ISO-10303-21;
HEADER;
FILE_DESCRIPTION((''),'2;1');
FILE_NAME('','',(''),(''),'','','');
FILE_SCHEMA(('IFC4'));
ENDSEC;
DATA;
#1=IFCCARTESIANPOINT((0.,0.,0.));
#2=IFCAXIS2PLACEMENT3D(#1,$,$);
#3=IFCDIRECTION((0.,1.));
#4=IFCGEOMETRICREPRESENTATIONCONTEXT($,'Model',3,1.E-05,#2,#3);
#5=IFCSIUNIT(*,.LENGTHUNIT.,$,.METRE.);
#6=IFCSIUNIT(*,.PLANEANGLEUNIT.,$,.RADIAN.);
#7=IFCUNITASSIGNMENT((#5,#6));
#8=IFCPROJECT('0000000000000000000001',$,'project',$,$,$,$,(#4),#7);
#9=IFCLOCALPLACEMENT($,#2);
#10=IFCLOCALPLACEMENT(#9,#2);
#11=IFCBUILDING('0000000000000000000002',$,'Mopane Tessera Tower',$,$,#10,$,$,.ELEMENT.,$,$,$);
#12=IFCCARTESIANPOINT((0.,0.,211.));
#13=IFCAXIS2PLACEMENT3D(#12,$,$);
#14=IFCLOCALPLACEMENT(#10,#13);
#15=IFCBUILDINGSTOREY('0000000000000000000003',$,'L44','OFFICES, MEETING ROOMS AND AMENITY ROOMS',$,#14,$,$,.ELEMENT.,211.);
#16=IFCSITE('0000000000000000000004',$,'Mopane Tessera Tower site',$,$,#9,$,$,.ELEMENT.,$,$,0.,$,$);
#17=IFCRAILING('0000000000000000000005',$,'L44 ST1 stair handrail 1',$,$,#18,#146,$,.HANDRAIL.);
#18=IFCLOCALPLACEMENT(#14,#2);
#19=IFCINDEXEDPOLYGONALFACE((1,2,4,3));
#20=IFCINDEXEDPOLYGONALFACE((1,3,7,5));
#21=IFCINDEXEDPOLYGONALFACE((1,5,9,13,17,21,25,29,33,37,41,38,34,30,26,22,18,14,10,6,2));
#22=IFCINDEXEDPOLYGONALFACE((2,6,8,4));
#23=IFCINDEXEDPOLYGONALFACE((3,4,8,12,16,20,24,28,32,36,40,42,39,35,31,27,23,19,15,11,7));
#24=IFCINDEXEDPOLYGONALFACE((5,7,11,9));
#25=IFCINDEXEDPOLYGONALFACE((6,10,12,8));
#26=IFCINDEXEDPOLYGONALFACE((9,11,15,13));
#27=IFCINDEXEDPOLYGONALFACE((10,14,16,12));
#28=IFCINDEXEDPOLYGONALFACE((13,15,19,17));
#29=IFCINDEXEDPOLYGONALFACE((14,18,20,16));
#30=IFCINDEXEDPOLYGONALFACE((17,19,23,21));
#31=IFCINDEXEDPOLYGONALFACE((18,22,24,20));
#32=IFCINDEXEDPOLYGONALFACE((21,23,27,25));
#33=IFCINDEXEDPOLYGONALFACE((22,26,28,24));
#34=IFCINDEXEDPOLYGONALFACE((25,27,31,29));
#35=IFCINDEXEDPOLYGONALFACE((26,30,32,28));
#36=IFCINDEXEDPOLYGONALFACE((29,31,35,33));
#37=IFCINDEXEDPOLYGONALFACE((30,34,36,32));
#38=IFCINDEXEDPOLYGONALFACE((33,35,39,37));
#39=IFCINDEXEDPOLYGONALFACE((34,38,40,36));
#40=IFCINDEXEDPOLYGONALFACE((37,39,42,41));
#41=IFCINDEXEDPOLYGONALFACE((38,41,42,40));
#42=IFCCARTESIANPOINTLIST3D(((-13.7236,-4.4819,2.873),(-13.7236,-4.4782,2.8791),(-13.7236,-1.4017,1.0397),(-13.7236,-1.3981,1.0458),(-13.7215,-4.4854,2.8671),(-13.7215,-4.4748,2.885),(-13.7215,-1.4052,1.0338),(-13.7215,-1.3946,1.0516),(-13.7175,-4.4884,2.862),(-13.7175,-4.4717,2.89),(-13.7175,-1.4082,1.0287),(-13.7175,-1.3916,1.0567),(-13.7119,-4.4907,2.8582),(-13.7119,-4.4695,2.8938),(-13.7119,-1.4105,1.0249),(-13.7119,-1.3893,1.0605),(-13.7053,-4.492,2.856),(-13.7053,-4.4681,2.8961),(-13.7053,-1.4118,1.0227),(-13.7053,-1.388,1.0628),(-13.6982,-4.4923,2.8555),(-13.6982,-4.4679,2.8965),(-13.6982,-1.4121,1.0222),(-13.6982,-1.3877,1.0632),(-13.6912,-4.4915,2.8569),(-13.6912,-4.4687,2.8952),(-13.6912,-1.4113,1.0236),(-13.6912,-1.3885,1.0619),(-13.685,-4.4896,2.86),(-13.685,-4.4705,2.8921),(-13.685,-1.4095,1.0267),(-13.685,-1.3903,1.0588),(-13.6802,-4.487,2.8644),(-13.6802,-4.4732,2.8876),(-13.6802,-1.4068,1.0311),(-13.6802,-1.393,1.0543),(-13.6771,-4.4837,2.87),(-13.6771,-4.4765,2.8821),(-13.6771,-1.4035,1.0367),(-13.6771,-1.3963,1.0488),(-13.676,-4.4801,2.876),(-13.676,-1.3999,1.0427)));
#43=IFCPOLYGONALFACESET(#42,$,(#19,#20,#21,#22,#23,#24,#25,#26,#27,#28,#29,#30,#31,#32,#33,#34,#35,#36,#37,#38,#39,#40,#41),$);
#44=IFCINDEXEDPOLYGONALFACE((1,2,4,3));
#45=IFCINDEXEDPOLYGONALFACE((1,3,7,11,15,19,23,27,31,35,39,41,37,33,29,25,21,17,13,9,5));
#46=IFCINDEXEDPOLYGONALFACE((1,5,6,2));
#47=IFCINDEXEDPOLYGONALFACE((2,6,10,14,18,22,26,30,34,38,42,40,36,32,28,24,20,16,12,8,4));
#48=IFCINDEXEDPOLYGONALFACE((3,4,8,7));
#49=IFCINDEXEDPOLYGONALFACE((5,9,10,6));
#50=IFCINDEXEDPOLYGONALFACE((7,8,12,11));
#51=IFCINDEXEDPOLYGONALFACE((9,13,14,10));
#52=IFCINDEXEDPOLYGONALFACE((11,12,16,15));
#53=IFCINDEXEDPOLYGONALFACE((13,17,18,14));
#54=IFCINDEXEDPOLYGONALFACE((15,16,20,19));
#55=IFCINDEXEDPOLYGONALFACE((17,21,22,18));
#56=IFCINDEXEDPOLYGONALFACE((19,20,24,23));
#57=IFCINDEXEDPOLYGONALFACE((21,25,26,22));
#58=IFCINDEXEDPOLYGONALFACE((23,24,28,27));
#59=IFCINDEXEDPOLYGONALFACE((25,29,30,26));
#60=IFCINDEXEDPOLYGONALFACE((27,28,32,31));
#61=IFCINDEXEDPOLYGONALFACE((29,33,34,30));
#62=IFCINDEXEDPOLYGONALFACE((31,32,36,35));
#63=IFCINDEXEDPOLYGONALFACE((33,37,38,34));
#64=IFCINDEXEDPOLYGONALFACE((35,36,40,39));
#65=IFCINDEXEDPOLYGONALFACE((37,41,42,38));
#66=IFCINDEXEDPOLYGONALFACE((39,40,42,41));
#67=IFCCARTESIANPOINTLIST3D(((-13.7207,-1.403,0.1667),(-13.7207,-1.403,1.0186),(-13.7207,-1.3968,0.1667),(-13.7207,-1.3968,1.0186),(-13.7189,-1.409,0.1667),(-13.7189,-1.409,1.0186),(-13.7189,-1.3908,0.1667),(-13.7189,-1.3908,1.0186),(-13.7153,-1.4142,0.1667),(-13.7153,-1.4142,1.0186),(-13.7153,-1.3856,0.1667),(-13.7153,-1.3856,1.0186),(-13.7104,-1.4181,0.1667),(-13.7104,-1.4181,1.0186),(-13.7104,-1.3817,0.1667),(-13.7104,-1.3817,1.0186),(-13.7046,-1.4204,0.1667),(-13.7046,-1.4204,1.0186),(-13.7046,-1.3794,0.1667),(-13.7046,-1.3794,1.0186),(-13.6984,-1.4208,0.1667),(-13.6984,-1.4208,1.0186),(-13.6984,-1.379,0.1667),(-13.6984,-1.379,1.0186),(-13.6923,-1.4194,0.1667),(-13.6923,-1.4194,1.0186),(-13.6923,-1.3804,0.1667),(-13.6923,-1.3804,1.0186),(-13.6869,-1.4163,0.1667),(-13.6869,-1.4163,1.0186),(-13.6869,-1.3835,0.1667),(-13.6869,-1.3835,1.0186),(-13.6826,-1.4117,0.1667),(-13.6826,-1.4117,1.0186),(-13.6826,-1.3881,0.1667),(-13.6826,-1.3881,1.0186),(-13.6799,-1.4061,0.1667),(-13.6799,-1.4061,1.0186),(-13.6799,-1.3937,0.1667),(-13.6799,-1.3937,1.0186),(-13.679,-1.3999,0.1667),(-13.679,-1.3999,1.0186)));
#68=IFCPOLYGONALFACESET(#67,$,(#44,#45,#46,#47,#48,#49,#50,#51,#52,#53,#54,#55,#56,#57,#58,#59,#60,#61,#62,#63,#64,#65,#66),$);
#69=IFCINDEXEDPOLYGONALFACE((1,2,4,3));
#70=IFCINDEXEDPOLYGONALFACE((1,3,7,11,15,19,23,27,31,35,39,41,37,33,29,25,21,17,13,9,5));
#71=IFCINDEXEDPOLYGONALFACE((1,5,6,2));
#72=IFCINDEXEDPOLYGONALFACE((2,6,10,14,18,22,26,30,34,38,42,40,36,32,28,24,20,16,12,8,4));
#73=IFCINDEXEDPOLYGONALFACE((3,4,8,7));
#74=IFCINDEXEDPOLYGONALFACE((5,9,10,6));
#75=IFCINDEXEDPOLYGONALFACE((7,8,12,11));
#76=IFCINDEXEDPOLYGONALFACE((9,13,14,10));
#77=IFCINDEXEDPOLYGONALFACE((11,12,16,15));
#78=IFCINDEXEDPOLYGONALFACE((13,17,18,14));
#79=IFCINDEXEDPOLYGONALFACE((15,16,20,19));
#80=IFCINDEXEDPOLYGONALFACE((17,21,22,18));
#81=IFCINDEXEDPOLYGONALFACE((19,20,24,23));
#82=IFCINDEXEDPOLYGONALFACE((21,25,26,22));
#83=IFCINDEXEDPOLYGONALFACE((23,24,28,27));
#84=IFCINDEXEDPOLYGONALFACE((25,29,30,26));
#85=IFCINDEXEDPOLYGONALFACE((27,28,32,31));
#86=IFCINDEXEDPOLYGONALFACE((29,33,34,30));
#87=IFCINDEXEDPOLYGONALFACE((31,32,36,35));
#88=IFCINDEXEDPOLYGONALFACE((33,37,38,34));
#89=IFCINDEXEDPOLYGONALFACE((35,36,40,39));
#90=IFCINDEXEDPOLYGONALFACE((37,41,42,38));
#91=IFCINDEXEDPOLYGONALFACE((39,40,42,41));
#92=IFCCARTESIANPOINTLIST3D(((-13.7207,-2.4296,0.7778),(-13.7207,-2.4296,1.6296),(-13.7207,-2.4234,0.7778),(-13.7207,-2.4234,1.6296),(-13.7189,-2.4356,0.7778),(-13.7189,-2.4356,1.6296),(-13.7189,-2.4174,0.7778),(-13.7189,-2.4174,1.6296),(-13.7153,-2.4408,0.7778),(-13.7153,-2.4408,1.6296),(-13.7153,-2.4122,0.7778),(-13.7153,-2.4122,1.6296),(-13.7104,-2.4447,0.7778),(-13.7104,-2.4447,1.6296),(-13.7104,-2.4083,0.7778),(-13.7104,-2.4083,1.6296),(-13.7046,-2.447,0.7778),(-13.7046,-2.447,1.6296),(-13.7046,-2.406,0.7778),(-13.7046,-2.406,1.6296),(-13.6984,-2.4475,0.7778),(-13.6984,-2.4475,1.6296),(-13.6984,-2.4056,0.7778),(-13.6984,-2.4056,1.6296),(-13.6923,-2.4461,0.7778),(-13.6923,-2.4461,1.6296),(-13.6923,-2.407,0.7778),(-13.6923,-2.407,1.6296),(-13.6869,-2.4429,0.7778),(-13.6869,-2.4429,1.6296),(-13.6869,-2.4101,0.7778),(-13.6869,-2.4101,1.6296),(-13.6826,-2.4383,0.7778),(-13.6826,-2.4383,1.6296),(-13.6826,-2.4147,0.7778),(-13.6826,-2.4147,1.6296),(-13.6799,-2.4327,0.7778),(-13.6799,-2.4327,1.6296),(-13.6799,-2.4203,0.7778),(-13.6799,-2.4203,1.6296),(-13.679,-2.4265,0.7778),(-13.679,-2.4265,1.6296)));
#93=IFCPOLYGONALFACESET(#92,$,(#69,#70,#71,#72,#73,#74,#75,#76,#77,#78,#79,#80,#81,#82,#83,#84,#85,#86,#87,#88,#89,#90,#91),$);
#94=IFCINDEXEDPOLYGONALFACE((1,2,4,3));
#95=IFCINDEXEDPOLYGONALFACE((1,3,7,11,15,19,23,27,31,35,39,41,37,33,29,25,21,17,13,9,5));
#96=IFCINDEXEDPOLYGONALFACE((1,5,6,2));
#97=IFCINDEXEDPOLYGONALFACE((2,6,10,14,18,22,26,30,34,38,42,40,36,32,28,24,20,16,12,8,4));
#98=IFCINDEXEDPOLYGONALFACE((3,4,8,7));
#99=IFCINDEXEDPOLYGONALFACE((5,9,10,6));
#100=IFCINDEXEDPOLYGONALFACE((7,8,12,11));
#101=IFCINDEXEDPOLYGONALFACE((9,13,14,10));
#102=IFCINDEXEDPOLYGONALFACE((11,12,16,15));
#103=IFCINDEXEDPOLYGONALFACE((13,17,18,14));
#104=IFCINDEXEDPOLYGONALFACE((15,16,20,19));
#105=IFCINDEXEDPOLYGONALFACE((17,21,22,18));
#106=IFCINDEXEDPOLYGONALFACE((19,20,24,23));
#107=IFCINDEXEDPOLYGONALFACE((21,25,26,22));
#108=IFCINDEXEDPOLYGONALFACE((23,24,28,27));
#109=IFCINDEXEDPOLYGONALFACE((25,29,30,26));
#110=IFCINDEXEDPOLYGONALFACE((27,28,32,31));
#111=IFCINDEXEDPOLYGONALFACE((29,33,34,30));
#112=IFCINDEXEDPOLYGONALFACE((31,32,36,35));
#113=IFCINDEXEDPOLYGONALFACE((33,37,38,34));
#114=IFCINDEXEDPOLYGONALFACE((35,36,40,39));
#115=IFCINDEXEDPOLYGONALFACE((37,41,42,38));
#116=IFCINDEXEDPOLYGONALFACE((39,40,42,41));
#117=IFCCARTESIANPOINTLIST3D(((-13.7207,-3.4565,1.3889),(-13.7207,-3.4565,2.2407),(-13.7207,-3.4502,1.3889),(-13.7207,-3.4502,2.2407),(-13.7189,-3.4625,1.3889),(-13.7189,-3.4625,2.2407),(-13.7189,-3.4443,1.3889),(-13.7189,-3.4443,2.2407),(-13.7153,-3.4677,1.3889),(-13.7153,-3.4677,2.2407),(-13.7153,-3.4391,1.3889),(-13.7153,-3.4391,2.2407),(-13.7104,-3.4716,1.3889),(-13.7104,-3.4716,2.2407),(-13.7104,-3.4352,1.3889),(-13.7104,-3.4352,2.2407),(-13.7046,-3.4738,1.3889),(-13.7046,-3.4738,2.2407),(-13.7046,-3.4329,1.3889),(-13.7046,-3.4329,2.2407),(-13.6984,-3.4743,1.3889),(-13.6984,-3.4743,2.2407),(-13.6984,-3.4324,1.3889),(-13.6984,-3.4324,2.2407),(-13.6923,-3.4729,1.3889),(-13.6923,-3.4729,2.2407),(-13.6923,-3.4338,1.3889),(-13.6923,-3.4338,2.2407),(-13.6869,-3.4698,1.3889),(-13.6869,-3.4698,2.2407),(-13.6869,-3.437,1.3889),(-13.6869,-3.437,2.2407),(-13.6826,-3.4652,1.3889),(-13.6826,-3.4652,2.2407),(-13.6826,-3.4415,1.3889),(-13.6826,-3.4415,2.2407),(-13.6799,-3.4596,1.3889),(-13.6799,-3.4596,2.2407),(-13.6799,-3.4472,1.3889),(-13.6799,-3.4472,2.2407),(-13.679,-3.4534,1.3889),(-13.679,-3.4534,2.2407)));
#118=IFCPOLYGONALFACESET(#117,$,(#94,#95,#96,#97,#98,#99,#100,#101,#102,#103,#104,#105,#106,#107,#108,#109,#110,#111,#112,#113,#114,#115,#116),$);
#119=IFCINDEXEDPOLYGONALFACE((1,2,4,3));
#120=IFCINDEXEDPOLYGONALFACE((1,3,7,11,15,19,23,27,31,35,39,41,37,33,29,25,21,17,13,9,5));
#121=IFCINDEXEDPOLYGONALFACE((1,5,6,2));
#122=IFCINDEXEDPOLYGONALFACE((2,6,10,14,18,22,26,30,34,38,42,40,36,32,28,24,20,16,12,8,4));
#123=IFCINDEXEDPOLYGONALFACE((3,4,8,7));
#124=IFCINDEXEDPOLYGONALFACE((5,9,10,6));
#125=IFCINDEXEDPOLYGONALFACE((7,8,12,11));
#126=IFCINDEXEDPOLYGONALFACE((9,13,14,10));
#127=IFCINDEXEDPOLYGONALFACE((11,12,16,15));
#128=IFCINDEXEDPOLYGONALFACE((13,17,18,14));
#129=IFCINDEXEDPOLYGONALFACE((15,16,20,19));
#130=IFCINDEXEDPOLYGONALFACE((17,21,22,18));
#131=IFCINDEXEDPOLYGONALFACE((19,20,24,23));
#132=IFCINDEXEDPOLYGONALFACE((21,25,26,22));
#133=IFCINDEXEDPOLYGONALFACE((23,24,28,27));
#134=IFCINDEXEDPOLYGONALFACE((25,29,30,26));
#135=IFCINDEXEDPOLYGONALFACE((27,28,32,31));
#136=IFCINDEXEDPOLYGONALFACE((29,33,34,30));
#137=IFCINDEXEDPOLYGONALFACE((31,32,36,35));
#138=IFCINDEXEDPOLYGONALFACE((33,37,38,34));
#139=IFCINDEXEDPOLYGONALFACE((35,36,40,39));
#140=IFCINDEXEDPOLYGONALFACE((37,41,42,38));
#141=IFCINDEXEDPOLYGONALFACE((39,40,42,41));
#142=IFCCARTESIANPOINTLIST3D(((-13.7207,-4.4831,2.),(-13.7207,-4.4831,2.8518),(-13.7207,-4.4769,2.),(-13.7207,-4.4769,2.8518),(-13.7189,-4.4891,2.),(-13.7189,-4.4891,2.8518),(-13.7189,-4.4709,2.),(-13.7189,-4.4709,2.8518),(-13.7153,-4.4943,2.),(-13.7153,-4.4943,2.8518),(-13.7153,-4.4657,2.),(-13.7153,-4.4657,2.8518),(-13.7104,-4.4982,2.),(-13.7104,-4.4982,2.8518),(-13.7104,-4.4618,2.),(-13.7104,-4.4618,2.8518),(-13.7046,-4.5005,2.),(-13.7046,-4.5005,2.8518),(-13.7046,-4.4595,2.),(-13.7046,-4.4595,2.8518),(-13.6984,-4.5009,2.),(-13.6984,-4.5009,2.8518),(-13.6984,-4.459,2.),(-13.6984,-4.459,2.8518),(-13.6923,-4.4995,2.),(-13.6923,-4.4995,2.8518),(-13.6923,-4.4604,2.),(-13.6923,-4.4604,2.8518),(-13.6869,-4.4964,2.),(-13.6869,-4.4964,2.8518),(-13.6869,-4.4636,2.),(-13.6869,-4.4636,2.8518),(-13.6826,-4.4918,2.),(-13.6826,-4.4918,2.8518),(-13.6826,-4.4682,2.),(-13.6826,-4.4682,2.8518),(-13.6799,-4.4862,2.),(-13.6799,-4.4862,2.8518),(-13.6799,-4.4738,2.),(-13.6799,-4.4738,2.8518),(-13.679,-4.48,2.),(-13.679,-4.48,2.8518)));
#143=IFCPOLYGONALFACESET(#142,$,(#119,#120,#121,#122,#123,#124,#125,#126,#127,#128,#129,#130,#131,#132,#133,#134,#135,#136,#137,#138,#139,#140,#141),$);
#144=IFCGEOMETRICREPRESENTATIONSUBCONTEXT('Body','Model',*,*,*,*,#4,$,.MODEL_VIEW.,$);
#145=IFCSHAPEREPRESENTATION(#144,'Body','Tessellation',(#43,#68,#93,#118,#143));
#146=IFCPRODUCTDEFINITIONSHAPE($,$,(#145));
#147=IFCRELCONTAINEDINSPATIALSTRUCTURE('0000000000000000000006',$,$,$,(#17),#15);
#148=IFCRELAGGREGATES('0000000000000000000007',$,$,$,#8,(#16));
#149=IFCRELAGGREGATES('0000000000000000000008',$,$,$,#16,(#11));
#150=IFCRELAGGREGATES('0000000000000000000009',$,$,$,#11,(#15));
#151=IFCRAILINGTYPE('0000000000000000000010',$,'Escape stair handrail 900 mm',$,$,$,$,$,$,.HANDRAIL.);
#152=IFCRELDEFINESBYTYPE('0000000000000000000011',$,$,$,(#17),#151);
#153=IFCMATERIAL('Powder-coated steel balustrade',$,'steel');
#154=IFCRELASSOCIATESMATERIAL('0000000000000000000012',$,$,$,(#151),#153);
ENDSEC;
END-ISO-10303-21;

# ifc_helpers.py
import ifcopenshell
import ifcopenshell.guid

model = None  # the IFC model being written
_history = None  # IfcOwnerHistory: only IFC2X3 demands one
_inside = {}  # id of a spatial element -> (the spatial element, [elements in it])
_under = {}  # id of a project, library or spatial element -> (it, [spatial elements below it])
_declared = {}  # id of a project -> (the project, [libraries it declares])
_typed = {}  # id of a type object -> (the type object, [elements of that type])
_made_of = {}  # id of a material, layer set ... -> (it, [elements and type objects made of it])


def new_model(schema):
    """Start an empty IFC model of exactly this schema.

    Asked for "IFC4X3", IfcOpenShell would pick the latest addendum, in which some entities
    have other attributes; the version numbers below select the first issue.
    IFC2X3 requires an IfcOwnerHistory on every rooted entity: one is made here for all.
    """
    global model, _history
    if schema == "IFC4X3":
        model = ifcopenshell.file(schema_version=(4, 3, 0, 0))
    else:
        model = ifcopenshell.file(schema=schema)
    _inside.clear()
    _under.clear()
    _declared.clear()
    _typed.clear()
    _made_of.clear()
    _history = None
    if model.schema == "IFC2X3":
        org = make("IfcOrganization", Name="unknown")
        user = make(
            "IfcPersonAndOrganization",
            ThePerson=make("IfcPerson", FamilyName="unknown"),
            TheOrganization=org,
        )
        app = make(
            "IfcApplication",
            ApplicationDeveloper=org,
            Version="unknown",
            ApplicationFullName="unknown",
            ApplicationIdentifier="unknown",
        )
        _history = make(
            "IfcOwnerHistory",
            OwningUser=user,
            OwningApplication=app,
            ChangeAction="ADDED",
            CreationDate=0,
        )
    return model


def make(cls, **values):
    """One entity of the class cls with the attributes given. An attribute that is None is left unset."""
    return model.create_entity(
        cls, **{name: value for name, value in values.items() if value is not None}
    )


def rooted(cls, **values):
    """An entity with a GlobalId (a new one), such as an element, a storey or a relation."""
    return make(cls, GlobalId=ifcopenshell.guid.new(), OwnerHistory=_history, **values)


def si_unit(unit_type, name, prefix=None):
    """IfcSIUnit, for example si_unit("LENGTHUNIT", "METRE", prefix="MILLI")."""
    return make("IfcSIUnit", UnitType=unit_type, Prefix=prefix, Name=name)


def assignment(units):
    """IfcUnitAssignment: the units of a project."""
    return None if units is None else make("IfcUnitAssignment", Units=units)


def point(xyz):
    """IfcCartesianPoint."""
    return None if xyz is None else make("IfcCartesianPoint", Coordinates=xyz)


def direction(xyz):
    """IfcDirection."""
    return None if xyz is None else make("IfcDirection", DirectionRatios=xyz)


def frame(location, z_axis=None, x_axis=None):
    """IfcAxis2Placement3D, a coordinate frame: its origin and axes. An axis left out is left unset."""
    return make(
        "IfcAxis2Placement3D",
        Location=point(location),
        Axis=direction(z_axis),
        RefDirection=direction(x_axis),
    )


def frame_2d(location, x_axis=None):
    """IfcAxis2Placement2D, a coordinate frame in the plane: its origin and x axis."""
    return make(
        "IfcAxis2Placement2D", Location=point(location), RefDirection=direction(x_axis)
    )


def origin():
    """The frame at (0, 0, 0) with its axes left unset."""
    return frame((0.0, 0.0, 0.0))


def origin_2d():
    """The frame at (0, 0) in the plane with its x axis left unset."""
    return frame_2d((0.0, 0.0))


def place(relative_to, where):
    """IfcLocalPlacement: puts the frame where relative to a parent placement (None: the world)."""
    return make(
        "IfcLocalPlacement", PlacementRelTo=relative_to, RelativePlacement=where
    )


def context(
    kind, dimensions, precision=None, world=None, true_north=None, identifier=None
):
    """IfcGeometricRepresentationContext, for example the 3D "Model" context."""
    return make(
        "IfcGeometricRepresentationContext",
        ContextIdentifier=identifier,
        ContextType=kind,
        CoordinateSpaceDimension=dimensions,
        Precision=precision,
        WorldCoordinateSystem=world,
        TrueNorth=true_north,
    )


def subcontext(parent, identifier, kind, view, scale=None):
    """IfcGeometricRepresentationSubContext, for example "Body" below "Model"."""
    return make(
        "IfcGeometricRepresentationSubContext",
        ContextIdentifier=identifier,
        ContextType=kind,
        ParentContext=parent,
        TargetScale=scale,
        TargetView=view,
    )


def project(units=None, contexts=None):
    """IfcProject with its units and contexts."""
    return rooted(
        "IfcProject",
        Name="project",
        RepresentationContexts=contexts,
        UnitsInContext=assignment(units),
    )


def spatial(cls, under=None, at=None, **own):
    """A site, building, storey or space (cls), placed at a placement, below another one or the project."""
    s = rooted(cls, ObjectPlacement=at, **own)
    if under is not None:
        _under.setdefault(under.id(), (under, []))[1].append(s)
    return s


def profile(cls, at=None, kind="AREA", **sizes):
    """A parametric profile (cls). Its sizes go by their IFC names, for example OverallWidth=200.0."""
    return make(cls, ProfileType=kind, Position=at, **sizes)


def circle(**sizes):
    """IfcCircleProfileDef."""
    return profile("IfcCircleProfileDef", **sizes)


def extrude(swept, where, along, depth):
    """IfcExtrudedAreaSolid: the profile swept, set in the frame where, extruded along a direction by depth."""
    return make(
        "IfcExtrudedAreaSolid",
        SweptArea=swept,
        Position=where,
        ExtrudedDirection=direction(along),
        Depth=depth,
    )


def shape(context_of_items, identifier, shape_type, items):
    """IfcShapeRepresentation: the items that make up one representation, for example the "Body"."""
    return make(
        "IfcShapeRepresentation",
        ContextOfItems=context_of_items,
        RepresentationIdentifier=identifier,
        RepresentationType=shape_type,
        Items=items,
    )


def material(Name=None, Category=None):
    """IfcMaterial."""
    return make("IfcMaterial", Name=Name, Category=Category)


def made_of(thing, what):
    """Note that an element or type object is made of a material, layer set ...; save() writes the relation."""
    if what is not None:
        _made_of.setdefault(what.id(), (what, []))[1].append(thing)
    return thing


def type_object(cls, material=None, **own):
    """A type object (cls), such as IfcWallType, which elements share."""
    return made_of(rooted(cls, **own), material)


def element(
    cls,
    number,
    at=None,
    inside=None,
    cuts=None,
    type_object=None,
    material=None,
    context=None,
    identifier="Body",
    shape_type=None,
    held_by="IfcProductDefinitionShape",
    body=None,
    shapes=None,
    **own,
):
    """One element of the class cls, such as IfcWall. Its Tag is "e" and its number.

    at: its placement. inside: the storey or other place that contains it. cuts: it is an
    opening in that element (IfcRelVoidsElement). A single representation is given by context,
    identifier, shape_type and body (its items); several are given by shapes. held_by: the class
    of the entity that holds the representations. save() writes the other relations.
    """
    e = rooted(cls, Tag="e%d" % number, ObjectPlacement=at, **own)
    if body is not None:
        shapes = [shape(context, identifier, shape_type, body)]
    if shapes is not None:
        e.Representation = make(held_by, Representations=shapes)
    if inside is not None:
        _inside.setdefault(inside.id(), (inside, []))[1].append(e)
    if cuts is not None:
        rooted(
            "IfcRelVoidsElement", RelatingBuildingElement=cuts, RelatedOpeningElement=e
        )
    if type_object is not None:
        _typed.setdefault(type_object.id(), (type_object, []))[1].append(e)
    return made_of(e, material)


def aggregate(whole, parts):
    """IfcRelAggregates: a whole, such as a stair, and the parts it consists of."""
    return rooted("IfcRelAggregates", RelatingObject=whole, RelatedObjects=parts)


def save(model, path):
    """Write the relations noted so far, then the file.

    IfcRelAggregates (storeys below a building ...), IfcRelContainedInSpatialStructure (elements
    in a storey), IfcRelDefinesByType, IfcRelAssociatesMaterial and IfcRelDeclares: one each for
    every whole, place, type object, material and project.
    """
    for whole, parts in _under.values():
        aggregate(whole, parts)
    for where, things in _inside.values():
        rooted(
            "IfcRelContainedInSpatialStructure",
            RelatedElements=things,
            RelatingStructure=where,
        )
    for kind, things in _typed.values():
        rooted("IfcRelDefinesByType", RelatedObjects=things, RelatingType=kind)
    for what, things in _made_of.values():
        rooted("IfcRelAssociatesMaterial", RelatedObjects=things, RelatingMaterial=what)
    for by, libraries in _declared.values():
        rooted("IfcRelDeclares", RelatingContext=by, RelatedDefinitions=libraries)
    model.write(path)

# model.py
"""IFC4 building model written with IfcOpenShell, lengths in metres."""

from ifc_helpers import new_model, si_unit, direction, frame, origin, origin_2d, place, context, subcontext, project, spatial, circle, extrude, material, type_object, element, save


model = new_model("IFC4")

# Units and contexts
model_context = context("Model", 3, precision=1e-05, world=origin(), true_north=direction((0.0, 1.0)))
body_context = subcontext(model_context, "Body", "Model", "MODEL_VIEW")
ifc_project = project(units=[si_unit("LENGTHUNIT", "METRE"), si_unit("PLANEANGLEUNIT", "RADIAN")], contexts=[model_context])

# Site, building, storey
site_placement = place(None, origin())
site = spatial("IfcSite", under=ifc_project, at=site_placement, Name="Mopane Tessera Tower site", CompositionType="ELEMENT", RefElevation=0.0)
building_placement = place(site_placement, origin())
building = spatial("IfcBuilding", under=site, at=building_placement, Name="Mopane Tessera Tower", CompositionType="ELEMENT")
storey_placement = place(building_placement, frame((0.0, 0.0, 211.0)))
storey = spatial("IfcBuildingStorey", under=building, at=storey_placement, Name="L44", Description="OFFICES, MEETING ROOMS AND AMENITY ROOMS", CompositionType="ELEMENT", Elevation=211.0)

# Railing
ifc_material_1 = material(Name="Powder-coated steel balustrade", Category="steel")
railing_type_1 = type_object("IfcRailingType", Name="Escape stair handrail 900 mm", PredefinedType="HANDRAIL", material=ifc_material_1)
railing_1_placement = place(storey_placement, frame((-13.7, -1.3999, 0.1667)))
element("IfcRailing", 1, at=railing_1_placement, inside=storey, type_object=railing_type_1, Name="L44 ST1 stair handrail 1", PredefinedType="HANDRAIL", context=body_context, shape_type="SweptSolid", body=[
    extrude(circle(Radius=0.0239, at=origin_2d()), frame((0.0, 0.0, 0.876), z_axis=(0.0, -0.859309, 0.511458), x_axis=(1.0, 0.0, 0.0)), (0.0, 0.0, 1.0), 3.5845),
    extrude(circle(Radius=0.021, at=origin_2d()), origin(), (0.0, 0.0, 1.0), 0.8518),
    extrude(circle(Radius=0.021, at=origin_2d()), frame((0.0, -1.0266, 0.6111)), (0.0, 0.0, 1.0), 0.8518),
    extrude(circle(Radius=0.021, at=origin_2d()), frame((0.0, -2.0535, 1.2222)), (0.0, 0.0, 1.0), 0.8518),
    extrude(circle(Radius=0.021, at=origin_2d()), frame((0.0, -3.0801, 1.8333)), (0.0, 0.0, 1.0), 0.8518),
])

save(model, "model.ifc")
